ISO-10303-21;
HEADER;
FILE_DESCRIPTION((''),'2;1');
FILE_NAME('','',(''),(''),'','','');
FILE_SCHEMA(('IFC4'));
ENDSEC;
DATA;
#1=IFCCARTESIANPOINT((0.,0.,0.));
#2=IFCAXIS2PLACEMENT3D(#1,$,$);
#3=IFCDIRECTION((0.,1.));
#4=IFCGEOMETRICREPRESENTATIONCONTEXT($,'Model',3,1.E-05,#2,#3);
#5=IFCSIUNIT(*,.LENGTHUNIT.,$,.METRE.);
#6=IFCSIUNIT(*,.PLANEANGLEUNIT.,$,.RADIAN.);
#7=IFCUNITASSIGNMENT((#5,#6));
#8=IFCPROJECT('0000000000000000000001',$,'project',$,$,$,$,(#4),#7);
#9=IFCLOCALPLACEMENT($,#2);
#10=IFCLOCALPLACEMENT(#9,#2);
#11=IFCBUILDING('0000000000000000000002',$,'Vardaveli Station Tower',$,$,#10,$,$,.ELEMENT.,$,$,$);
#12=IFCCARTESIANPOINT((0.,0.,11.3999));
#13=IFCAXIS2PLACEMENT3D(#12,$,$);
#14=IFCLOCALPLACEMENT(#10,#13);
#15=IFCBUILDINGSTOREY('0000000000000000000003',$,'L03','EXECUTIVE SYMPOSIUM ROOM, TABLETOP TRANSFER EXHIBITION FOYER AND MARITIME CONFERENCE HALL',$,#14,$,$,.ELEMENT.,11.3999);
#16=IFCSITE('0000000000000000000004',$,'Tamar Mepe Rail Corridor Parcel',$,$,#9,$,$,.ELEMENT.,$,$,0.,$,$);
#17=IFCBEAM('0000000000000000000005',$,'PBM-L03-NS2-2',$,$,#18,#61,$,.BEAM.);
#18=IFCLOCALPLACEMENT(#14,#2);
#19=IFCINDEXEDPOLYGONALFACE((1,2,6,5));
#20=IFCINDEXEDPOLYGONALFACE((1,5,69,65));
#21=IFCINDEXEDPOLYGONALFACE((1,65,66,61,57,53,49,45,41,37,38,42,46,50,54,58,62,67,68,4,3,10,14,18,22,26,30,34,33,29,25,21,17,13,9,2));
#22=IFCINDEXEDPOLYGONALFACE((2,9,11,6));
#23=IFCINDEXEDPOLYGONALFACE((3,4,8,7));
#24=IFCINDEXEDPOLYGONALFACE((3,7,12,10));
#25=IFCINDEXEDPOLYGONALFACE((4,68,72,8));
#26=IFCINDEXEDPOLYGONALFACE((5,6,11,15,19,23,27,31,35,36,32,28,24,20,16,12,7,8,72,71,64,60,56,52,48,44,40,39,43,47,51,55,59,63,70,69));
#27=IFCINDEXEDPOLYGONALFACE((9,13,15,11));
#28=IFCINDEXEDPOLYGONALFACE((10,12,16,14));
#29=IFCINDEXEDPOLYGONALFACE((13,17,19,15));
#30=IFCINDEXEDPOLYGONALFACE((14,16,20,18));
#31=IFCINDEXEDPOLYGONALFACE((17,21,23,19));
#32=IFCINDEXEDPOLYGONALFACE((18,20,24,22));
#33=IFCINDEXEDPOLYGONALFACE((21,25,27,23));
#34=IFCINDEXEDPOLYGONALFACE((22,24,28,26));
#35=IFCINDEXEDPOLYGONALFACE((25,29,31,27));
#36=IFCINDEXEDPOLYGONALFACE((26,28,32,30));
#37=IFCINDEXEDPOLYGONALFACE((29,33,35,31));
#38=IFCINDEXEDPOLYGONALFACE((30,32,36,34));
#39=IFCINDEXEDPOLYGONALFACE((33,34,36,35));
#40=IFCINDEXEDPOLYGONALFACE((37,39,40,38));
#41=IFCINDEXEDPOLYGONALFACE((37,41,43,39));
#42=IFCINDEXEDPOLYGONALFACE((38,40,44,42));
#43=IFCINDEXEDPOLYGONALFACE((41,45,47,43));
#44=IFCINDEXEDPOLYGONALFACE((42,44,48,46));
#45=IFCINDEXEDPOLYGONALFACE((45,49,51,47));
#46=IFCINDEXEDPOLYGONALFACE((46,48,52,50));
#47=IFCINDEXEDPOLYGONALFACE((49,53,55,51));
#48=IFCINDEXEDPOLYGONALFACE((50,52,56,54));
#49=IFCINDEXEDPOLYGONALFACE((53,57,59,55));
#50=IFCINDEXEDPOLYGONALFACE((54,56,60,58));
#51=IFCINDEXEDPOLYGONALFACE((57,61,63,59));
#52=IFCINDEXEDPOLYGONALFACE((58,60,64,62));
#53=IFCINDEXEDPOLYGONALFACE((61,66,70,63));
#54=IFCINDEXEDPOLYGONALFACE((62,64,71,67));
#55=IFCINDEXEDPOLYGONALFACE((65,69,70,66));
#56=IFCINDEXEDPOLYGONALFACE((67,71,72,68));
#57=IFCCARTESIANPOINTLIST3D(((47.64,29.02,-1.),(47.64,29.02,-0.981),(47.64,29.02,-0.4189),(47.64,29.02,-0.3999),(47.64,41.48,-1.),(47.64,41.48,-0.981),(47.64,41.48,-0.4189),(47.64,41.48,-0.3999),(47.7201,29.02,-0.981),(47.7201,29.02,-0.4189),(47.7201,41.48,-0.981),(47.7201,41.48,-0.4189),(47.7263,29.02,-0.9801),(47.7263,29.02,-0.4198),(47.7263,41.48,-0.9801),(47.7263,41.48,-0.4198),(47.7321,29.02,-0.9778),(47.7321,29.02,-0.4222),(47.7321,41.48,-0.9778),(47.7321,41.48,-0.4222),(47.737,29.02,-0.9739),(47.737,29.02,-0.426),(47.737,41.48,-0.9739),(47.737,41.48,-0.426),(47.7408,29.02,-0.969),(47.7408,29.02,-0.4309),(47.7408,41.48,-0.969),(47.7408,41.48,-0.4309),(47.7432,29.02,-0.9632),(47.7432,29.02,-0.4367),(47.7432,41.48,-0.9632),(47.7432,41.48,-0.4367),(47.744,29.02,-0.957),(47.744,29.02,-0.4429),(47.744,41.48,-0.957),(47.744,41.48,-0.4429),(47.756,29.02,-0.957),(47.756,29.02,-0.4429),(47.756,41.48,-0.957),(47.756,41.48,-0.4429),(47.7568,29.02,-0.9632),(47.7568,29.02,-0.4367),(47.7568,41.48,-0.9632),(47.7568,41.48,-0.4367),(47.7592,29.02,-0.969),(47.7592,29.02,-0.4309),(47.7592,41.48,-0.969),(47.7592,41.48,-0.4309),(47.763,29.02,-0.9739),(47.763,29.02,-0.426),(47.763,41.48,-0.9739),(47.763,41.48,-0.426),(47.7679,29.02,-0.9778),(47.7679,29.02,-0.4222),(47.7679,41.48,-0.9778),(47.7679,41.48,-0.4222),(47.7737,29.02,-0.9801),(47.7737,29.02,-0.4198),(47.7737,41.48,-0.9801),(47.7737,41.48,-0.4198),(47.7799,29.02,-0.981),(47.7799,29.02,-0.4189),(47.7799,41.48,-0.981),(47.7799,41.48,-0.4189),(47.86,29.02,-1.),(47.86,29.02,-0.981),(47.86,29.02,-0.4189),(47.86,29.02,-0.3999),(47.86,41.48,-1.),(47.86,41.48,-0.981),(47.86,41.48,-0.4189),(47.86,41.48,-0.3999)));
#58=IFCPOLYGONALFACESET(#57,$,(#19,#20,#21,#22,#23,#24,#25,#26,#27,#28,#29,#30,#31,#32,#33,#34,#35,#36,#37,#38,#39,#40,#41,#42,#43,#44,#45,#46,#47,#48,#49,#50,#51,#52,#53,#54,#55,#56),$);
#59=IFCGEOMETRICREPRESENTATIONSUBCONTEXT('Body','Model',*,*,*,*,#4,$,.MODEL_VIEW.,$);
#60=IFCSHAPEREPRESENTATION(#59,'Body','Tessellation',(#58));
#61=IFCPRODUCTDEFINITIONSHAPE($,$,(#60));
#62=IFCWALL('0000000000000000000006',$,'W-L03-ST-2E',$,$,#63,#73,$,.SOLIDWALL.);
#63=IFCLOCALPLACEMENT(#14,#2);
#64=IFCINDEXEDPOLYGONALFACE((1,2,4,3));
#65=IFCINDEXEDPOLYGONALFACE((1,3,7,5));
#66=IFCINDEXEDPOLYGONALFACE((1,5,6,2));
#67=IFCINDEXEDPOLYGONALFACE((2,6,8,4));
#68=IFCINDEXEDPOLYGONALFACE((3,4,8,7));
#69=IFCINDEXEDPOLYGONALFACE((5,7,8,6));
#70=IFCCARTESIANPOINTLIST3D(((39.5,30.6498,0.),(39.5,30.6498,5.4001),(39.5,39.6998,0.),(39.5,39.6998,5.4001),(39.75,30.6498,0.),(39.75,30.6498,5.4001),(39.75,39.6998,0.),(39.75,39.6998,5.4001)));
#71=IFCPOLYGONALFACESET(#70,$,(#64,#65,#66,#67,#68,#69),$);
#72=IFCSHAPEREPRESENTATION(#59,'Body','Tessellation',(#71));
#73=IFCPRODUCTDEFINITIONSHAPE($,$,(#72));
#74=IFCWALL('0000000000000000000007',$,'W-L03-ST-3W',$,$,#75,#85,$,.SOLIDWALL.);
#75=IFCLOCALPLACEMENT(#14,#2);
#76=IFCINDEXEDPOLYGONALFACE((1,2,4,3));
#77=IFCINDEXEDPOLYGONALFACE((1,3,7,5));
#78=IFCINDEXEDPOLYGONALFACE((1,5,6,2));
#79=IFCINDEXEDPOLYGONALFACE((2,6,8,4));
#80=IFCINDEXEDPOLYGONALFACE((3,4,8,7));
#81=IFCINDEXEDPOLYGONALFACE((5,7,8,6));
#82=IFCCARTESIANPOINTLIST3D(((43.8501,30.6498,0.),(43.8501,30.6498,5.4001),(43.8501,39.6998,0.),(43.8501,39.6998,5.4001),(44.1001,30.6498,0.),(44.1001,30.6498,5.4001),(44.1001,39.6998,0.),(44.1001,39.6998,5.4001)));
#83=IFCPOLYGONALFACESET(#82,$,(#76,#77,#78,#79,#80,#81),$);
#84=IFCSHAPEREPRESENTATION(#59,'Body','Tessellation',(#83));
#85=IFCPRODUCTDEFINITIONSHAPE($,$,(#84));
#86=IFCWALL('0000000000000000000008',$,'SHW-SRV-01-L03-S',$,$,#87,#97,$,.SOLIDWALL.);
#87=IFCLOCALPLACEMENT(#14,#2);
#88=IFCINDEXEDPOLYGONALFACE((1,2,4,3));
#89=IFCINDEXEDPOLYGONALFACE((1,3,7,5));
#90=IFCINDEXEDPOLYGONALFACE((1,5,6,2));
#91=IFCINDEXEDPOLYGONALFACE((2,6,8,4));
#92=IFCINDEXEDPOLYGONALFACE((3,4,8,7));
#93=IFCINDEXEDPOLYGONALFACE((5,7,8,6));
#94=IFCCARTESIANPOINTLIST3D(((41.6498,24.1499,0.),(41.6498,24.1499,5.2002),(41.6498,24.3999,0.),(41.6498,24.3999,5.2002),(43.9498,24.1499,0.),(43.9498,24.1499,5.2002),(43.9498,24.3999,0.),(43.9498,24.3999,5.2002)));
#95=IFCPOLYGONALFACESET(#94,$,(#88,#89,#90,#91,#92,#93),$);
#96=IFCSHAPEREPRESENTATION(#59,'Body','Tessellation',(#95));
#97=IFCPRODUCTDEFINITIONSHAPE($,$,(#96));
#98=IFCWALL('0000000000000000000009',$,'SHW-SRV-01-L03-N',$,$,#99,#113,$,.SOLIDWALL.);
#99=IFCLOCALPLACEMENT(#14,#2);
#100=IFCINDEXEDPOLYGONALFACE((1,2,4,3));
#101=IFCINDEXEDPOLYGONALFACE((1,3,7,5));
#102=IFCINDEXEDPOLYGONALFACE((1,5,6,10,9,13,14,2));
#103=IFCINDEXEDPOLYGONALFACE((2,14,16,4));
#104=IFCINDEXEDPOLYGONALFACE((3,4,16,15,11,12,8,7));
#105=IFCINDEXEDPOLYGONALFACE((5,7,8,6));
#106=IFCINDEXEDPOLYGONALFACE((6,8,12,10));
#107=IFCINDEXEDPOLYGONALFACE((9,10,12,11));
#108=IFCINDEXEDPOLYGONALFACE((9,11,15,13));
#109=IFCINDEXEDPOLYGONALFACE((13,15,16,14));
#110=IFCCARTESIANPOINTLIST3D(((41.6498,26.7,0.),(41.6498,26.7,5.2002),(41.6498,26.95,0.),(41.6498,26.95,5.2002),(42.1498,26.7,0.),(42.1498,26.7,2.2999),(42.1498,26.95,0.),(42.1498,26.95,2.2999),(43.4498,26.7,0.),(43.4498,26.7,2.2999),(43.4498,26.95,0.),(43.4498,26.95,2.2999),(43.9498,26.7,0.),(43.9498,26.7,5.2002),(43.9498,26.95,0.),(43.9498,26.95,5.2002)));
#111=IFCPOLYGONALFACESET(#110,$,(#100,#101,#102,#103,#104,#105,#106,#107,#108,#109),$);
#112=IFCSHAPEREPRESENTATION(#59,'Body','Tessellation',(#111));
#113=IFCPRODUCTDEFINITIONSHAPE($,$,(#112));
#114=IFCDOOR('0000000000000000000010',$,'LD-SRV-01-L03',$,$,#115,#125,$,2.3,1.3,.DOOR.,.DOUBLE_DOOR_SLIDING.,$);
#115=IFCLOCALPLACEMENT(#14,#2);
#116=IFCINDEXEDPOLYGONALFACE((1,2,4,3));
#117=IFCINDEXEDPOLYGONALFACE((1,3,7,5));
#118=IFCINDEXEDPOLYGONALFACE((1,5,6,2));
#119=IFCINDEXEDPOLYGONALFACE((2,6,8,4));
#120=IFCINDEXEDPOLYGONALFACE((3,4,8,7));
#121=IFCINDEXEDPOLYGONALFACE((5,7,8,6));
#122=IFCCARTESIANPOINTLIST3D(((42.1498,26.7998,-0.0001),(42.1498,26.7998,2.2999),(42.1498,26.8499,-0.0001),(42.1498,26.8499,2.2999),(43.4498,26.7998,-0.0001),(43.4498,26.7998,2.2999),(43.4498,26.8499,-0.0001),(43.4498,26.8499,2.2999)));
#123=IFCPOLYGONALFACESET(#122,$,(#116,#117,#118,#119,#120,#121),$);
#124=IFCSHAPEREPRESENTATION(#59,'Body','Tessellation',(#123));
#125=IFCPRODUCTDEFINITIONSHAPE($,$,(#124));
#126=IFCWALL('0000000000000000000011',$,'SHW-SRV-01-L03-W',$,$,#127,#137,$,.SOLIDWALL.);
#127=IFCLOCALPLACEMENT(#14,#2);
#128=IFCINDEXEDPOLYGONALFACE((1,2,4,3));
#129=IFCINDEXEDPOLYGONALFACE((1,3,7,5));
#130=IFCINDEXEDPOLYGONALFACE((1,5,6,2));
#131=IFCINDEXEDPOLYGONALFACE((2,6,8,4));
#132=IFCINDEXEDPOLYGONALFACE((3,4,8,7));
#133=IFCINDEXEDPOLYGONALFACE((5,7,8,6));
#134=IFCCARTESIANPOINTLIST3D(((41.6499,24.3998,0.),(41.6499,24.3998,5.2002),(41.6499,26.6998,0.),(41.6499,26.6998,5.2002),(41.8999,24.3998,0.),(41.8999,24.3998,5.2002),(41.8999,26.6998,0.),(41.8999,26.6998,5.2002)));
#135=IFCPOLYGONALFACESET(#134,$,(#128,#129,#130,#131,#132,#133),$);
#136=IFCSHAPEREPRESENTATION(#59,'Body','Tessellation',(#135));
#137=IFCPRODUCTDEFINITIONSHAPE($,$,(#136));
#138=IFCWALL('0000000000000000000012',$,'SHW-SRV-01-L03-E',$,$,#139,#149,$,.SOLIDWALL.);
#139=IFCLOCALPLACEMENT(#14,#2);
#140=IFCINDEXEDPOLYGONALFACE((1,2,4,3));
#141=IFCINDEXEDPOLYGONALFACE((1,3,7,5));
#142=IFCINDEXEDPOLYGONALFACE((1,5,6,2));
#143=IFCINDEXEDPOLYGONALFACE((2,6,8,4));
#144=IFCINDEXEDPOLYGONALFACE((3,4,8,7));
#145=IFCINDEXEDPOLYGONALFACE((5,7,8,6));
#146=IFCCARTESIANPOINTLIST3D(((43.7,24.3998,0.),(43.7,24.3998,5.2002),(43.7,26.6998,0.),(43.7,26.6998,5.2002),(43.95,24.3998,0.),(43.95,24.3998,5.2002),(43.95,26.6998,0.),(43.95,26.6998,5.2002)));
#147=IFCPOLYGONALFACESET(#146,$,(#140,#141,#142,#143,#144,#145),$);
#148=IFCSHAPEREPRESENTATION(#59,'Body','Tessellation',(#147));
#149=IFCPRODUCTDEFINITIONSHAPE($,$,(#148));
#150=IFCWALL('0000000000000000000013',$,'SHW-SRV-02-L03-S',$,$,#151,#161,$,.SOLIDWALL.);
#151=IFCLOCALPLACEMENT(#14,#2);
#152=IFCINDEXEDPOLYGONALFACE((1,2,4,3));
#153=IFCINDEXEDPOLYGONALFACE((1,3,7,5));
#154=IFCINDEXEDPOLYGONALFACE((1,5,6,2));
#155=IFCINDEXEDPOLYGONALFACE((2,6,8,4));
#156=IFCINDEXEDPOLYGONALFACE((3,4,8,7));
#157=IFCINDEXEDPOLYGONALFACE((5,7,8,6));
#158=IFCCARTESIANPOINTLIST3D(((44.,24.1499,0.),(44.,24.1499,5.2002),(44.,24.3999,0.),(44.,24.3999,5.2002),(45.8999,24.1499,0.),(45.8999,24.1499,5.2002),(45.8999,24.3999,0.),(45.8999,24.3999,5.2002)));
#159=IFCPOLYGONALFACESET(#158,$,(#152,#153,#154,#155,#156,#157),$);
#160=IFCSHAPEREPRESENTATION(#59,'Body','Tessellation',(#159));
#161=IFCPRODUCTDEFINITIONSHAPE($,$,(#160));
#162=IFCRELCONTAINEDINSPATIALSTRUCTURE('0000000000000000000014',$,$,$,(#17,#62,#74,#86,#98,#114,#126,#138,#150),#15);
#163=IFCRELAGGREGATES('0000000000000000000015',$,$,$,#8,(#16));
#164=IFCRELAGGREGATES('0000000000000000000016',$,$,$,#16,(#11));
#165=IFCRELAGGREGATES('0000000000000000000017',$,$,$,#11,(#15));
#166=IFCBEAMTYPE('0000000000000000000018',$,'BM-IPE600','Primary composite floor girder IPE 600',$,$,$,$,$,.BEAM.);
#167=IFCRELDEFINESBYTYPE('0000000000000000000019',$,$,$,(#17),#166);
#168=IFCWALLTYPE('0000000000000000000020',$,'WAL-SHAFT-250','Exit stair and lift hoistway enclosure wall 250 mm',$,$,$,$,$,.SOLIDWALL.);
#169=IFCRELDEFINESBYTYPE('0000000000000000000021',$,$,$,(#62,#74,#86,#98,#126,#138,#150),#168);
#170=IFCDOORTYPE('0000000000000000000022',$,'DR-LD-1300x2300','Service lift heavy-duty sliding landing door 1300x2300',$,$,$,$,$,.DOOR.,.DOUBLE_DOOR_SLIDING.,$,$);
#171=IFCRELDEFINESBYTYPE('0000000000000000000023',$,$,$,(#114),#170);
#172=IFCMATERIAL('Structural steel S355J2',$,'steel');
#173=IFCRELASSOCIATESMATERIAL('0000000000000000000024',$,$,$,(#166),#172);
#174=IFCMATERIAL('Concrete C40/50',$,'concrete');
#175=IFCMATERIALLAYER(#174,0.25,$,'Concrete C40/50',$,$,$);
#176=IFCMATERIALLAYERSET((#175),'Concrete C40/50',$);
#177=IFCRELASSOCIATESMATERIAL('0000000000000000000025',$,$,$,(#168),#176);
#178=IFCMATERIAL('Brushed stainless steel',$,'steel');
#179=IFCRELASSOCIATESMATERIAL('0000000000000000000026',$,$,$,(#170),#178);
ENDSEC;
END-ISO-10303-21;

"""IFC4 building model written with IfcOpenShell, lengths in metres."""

from ifc_helpers import new_model, si_unit, direction, frame, frame_2d, origin, origin_2d, place, context, subcontext, project, spatial, rectangle, i_section, extrude, source, transform, mapped, material, layer, layer_set, material_profile, profile_set, type_object, element, fill, save


model = new_model("IFC4")

# Units and contexts
model_context = context("Model", 3, precision=1e-05, world=origin(), true_north=direction((0.0, 1.0)))
body_context = subcontext(model_context, "Body", "Model", "MODEL_VIEW")
ifc_project = project(units=[si_unit("LENGTHUNIT", "METRE"), si_unit("PLANEANGLEUNIT", "RADIAN")], contexts=[model_context])

# Site, building, storey
site_placement = place(None, origin())
site = spatial("IfcSite", under=ifc_project, at=site_placement, Name="Tamar Mepe Rail Corridor Parcel", CompositionType="ELEMENT", RefElevation=0.0)
building_placement = place(site_placement, origin())
building = spatial("IfcBuilding", under=site, at=building_placement, Name="Vardaveli Station Tower", CompositionType="ELEMENT")
storey_placement = place(building_placement, frame((0.0, 0.0, 11.3999)))
storey = spatial("IfcBuildingStorey", under=building, at=storey_placement, Name="L03", Description="EXECUTIVE SYMPOSIUM ROOM, TABLETOP TRANSFER EXHIBITION FOYER AND MARITIME CONFERENCE HALL", CompositionType="ELEMENT", Elevation=11.3999)

# Beam
ifc_material_1 = material(Name="Structural steel S355J2", Category="steel")
ifc_material_profile_1 = material_profile(ifc_material_1, i_section(OverallWidth=0.22, OverallDepth=0.6001, WebThickness=0.012, FlangeThickness=0.019, FilletRadius=0.0239, at=origin_2d()), Name="IPE 600")
ifc_profile_set_1 = profile_set([ifc_material_profile_1], Name="Structural steel S355J2")
beam_type_1 = type_object("IfcBeamType", Name="BM-IPE600", Description="Primary composite floor girder IPE 600", PredefinedType="BEAM", material=ifc_profile_set_1)
shared_shape_1 = source(origin(), body_context, "Body", "SweptSolid", [
    extrude(i_section(OverallWidth=0.22, OverallDepth=0.6001, WebThickness=0.012, FlangeThickness=0.019, FilletRadius=0.0239, at=origin_2d()), origin(), (0.0, 0.0, 1.0), 12.46),
])
beam_1_placement = place(storey_placement, frame((47.75, 29.02, -0.7), z_axis=(0.0, 1.0, 0.0), x_axis=(-1.0, 0.0, 0.0)))
element("IfcBeam", 1, at=beam_1_placement, inside=storey, type_object=beam_type_1, Name="PBM-L03-NS2-2", PredefinedType="BEAM", context=body_context, shape_type="MappedRepresentation", body=[
    mapped(shared_shape_1, transform((0.0, 0.0, 0.0), scale=1.0)),
])

# Walls
ifc_material_2 = material(Name="Concrete C40/50", Category="concrete")
ifc_layer_1 = layer(ifc_material_2, 0.25, Name="Concrete C40/50")
ifc_layer_set_1 = layer_set([ifc_layer_1], Name="Concrete C40/50")
wall_type_1 = type_object("IfcWallType", Name="WAL-SHAFT-250", Description="Exit stair and lift hoistway enclosure wall 250 mm", PredefinedType="SOLIDWALL", material=ifc_layer_set_1)
shared_shape_2 = source(origin(), body_context, "Body", "SweptSolid", [
    extrude(rectangle(XDim=9.05, YDim=0.25, at=frame_2d((4.5249, 0.0))), origin(), (0.0, 0.0, 1.0), 5.4001),
])
for number, where, z_axis, x_axis, name in (
    (2, (39.625, 30.6499, 0.0), (0.0, 0.0, 1.0), (0.0, 1.0, 0.0), "W-L03-ST-2E"),
    (3, (43.9751, 30.6499, 0.0), (0.0, 0.0, 1.0), (0.0, 1.0, 0.0), "W-L03-ST-3W"),
):
    element("IfcWall", number, at=place(storey_placement, frame(where, z_axis=z_axis, x_axis=x_axis)), inside=storey, type_object=wall_type_1, Name=name, PredefinedType="SOLIDWALL", context=body_context, shape_type="MappedRepresentation", body=[
        mapped(shared_shape_2, transform((0.0, 0.0, 0.0), scale=1.0)),
    ])
shared_shape_3 = source(origin(), body_context, "Body", "SweptSolid", [
    extrude(rectangle(XDim=2.3, YDim=0.25, at=frame_2d((1.1499, 0.0))), origin(), (0.0, 0.0, 1.0), 5.2002),
])
wall_1_placement = place(storey_placement, frame((41.6499, 24.2749, 0.0), z_axis=(0.0, 0.0, 1.0), x_axis=(1.0, 0.0, 0.0)))
element("IfcWall", 4, at=wall_1_placement, inside=storey, type_object=wall_type_1, Name="SHW-SRV-01-L03-S", PredefinedType="SOLIDWALL", context=body_context, shape_type="MappedRepresentation", body=[
    mapped(shared_shape_3, transform((0.0, 0.0, 0.0), scale=1.0)),
])

# Wall, opening, door
wall_2_placement = place(storey_placement, frame((41.6499, 26.825, 0.0), z_axis=(0.0, 0.0, 1.0), x_axis=(1.0, 0.0, 0.0)))
wall_2 = element("IfcWall", 5, at=wall_2_placement, inside=storey, type_object=wall_type_1, Name="SHW-SRV-01-L03-N", PredefinedType="SOLIDWALL", context=body_context, shape_type="MappedRepresentation", body=[
    mapped(shared_shape_3, transform((0.0, 0.0, 0.0), scale=1.0)),
])
shared_shape_4 = source(origin(), body_context, "Body", "SweptSolid", [
    extrude(rectangle(XDim=1.3, YDim=2.3, at=frame_2d((0.6499, 1.1499))), frame((0.0, 0.135, 0.0), z_axis=(0.0, -1.0, 0.0), x_axis=(1.0, 0.0, 0.0)), (0.0, 0.0, 1.0), 0.27),
])
opening_1_placement = place(wall_2_placement, frame((0.5, 0.0, 0.0)))
opening_1 = element("IfcOpeningElement", 6, at=opening_1_placement, cuts=wall_2, PredefinedType="OPENING", context=body_context, shape_type="MappedRepresentation", body=[
    mapped(shared_shape_4, transform((0.0, 0.0, 0.0), scale=1.0)),
])
ifc_material_3 = material(Name="Brushed stainless steel", Category="steel")
door_type_1 = type_object("IfcDoorType", Name="DR-LD-1300x2300", Description="Service lift heavy-duty sliding landing door 1300x2300", OperationType="DOUBLE_DOOR_SLIDING", PredefinedType="DOOR", material=ifc_material_3)
shared_shape_5 = source(origin(), body_context, "Body", "SweptSolid", [
    extrude(rectangle(XDim=1.3, YDim=2.3, at=frame_2d((0.6499, 1.1499))), frame((0.0, 0.0249, 0.0), z_axis=(0.0, -1.0, 0.0), x_axis=(1.0, 0.0, 0.0)), (0.0, 0.0, 1.0), 0.05),
])
door_1_placement = place(opening_1_placement, origin())
door_1 = element("IfcDoor", 7, at=door_1_placement, inside=storey, type_object=door_type_1, Name="LD-SRV-01-L03", OperationType="DOUBLE_DOOR_SLIDING", OverallHeight=2.3, OverallWidth=1.3, PredefinedType="DOOR", context=body_context, shape_type="MappedRepresentation", body=[
    mapped(shared_shape_5, transform((0.0, 0.0, 0.0), scale=1.0)),
])
fill(opening_1, door_1)

# Walls
for number, where, z_axis, x_axis, name in (
    (8, (41.7749, 24.3999, 0.0), (0.0, 0.0, 1.0), (0.0, 1.0, 0.0), "SHW-SRV-01-L03-W"),
    (9, (43.825, 24.3999, 0.0), (0.0, 0.0, 1.0), (0.0, 1.0, 0.0), "SHW-SRV-01-L03-E"),
):
    element("IfcWall", number, at=place(storey_placement, frame(where, z_axis=z_axis, x_axis=x_axis)), inside=storey, type_object=wall_type_1, Name=name, PredefinedType="SOLIDWALL", context=body_context, shape_type="MappedRepresentation", body=[
        mapped(shared_shape_3, transform((0.0, 0.0, 0.0), scale=1.0)),
    ])
shared_shape_6 = source(origin(), body_context, "Body", "SweptSolid", [
    extrude(rectangle(XDim=1.8999, YDim=0.25, at=frame_2d((0.95, 0.0))), origin(), (0.0, 0.0, 1.0), 5.2002),
])
wall_3_placement = place(storey_placement, frame((44.0, 24.2749, 0.0), z_axis=(0.0, 0.0, 1.0), x_axis=(1.0, 0.0, 0.0)))
element("IfcWall", 10, at=wall_3_placement, inside=storey, type_object=wall_type_1, Name="SHW-SRV-02-L03-S", PredefinedType="SOLIDWALL", context=body_context, shape_type="MappedRepresentation", body=[
    mapped(shared_shape_6, transform((0.0, 0.0, 0.0), scale=1.0)),
])

save(model, "model.ifc")
